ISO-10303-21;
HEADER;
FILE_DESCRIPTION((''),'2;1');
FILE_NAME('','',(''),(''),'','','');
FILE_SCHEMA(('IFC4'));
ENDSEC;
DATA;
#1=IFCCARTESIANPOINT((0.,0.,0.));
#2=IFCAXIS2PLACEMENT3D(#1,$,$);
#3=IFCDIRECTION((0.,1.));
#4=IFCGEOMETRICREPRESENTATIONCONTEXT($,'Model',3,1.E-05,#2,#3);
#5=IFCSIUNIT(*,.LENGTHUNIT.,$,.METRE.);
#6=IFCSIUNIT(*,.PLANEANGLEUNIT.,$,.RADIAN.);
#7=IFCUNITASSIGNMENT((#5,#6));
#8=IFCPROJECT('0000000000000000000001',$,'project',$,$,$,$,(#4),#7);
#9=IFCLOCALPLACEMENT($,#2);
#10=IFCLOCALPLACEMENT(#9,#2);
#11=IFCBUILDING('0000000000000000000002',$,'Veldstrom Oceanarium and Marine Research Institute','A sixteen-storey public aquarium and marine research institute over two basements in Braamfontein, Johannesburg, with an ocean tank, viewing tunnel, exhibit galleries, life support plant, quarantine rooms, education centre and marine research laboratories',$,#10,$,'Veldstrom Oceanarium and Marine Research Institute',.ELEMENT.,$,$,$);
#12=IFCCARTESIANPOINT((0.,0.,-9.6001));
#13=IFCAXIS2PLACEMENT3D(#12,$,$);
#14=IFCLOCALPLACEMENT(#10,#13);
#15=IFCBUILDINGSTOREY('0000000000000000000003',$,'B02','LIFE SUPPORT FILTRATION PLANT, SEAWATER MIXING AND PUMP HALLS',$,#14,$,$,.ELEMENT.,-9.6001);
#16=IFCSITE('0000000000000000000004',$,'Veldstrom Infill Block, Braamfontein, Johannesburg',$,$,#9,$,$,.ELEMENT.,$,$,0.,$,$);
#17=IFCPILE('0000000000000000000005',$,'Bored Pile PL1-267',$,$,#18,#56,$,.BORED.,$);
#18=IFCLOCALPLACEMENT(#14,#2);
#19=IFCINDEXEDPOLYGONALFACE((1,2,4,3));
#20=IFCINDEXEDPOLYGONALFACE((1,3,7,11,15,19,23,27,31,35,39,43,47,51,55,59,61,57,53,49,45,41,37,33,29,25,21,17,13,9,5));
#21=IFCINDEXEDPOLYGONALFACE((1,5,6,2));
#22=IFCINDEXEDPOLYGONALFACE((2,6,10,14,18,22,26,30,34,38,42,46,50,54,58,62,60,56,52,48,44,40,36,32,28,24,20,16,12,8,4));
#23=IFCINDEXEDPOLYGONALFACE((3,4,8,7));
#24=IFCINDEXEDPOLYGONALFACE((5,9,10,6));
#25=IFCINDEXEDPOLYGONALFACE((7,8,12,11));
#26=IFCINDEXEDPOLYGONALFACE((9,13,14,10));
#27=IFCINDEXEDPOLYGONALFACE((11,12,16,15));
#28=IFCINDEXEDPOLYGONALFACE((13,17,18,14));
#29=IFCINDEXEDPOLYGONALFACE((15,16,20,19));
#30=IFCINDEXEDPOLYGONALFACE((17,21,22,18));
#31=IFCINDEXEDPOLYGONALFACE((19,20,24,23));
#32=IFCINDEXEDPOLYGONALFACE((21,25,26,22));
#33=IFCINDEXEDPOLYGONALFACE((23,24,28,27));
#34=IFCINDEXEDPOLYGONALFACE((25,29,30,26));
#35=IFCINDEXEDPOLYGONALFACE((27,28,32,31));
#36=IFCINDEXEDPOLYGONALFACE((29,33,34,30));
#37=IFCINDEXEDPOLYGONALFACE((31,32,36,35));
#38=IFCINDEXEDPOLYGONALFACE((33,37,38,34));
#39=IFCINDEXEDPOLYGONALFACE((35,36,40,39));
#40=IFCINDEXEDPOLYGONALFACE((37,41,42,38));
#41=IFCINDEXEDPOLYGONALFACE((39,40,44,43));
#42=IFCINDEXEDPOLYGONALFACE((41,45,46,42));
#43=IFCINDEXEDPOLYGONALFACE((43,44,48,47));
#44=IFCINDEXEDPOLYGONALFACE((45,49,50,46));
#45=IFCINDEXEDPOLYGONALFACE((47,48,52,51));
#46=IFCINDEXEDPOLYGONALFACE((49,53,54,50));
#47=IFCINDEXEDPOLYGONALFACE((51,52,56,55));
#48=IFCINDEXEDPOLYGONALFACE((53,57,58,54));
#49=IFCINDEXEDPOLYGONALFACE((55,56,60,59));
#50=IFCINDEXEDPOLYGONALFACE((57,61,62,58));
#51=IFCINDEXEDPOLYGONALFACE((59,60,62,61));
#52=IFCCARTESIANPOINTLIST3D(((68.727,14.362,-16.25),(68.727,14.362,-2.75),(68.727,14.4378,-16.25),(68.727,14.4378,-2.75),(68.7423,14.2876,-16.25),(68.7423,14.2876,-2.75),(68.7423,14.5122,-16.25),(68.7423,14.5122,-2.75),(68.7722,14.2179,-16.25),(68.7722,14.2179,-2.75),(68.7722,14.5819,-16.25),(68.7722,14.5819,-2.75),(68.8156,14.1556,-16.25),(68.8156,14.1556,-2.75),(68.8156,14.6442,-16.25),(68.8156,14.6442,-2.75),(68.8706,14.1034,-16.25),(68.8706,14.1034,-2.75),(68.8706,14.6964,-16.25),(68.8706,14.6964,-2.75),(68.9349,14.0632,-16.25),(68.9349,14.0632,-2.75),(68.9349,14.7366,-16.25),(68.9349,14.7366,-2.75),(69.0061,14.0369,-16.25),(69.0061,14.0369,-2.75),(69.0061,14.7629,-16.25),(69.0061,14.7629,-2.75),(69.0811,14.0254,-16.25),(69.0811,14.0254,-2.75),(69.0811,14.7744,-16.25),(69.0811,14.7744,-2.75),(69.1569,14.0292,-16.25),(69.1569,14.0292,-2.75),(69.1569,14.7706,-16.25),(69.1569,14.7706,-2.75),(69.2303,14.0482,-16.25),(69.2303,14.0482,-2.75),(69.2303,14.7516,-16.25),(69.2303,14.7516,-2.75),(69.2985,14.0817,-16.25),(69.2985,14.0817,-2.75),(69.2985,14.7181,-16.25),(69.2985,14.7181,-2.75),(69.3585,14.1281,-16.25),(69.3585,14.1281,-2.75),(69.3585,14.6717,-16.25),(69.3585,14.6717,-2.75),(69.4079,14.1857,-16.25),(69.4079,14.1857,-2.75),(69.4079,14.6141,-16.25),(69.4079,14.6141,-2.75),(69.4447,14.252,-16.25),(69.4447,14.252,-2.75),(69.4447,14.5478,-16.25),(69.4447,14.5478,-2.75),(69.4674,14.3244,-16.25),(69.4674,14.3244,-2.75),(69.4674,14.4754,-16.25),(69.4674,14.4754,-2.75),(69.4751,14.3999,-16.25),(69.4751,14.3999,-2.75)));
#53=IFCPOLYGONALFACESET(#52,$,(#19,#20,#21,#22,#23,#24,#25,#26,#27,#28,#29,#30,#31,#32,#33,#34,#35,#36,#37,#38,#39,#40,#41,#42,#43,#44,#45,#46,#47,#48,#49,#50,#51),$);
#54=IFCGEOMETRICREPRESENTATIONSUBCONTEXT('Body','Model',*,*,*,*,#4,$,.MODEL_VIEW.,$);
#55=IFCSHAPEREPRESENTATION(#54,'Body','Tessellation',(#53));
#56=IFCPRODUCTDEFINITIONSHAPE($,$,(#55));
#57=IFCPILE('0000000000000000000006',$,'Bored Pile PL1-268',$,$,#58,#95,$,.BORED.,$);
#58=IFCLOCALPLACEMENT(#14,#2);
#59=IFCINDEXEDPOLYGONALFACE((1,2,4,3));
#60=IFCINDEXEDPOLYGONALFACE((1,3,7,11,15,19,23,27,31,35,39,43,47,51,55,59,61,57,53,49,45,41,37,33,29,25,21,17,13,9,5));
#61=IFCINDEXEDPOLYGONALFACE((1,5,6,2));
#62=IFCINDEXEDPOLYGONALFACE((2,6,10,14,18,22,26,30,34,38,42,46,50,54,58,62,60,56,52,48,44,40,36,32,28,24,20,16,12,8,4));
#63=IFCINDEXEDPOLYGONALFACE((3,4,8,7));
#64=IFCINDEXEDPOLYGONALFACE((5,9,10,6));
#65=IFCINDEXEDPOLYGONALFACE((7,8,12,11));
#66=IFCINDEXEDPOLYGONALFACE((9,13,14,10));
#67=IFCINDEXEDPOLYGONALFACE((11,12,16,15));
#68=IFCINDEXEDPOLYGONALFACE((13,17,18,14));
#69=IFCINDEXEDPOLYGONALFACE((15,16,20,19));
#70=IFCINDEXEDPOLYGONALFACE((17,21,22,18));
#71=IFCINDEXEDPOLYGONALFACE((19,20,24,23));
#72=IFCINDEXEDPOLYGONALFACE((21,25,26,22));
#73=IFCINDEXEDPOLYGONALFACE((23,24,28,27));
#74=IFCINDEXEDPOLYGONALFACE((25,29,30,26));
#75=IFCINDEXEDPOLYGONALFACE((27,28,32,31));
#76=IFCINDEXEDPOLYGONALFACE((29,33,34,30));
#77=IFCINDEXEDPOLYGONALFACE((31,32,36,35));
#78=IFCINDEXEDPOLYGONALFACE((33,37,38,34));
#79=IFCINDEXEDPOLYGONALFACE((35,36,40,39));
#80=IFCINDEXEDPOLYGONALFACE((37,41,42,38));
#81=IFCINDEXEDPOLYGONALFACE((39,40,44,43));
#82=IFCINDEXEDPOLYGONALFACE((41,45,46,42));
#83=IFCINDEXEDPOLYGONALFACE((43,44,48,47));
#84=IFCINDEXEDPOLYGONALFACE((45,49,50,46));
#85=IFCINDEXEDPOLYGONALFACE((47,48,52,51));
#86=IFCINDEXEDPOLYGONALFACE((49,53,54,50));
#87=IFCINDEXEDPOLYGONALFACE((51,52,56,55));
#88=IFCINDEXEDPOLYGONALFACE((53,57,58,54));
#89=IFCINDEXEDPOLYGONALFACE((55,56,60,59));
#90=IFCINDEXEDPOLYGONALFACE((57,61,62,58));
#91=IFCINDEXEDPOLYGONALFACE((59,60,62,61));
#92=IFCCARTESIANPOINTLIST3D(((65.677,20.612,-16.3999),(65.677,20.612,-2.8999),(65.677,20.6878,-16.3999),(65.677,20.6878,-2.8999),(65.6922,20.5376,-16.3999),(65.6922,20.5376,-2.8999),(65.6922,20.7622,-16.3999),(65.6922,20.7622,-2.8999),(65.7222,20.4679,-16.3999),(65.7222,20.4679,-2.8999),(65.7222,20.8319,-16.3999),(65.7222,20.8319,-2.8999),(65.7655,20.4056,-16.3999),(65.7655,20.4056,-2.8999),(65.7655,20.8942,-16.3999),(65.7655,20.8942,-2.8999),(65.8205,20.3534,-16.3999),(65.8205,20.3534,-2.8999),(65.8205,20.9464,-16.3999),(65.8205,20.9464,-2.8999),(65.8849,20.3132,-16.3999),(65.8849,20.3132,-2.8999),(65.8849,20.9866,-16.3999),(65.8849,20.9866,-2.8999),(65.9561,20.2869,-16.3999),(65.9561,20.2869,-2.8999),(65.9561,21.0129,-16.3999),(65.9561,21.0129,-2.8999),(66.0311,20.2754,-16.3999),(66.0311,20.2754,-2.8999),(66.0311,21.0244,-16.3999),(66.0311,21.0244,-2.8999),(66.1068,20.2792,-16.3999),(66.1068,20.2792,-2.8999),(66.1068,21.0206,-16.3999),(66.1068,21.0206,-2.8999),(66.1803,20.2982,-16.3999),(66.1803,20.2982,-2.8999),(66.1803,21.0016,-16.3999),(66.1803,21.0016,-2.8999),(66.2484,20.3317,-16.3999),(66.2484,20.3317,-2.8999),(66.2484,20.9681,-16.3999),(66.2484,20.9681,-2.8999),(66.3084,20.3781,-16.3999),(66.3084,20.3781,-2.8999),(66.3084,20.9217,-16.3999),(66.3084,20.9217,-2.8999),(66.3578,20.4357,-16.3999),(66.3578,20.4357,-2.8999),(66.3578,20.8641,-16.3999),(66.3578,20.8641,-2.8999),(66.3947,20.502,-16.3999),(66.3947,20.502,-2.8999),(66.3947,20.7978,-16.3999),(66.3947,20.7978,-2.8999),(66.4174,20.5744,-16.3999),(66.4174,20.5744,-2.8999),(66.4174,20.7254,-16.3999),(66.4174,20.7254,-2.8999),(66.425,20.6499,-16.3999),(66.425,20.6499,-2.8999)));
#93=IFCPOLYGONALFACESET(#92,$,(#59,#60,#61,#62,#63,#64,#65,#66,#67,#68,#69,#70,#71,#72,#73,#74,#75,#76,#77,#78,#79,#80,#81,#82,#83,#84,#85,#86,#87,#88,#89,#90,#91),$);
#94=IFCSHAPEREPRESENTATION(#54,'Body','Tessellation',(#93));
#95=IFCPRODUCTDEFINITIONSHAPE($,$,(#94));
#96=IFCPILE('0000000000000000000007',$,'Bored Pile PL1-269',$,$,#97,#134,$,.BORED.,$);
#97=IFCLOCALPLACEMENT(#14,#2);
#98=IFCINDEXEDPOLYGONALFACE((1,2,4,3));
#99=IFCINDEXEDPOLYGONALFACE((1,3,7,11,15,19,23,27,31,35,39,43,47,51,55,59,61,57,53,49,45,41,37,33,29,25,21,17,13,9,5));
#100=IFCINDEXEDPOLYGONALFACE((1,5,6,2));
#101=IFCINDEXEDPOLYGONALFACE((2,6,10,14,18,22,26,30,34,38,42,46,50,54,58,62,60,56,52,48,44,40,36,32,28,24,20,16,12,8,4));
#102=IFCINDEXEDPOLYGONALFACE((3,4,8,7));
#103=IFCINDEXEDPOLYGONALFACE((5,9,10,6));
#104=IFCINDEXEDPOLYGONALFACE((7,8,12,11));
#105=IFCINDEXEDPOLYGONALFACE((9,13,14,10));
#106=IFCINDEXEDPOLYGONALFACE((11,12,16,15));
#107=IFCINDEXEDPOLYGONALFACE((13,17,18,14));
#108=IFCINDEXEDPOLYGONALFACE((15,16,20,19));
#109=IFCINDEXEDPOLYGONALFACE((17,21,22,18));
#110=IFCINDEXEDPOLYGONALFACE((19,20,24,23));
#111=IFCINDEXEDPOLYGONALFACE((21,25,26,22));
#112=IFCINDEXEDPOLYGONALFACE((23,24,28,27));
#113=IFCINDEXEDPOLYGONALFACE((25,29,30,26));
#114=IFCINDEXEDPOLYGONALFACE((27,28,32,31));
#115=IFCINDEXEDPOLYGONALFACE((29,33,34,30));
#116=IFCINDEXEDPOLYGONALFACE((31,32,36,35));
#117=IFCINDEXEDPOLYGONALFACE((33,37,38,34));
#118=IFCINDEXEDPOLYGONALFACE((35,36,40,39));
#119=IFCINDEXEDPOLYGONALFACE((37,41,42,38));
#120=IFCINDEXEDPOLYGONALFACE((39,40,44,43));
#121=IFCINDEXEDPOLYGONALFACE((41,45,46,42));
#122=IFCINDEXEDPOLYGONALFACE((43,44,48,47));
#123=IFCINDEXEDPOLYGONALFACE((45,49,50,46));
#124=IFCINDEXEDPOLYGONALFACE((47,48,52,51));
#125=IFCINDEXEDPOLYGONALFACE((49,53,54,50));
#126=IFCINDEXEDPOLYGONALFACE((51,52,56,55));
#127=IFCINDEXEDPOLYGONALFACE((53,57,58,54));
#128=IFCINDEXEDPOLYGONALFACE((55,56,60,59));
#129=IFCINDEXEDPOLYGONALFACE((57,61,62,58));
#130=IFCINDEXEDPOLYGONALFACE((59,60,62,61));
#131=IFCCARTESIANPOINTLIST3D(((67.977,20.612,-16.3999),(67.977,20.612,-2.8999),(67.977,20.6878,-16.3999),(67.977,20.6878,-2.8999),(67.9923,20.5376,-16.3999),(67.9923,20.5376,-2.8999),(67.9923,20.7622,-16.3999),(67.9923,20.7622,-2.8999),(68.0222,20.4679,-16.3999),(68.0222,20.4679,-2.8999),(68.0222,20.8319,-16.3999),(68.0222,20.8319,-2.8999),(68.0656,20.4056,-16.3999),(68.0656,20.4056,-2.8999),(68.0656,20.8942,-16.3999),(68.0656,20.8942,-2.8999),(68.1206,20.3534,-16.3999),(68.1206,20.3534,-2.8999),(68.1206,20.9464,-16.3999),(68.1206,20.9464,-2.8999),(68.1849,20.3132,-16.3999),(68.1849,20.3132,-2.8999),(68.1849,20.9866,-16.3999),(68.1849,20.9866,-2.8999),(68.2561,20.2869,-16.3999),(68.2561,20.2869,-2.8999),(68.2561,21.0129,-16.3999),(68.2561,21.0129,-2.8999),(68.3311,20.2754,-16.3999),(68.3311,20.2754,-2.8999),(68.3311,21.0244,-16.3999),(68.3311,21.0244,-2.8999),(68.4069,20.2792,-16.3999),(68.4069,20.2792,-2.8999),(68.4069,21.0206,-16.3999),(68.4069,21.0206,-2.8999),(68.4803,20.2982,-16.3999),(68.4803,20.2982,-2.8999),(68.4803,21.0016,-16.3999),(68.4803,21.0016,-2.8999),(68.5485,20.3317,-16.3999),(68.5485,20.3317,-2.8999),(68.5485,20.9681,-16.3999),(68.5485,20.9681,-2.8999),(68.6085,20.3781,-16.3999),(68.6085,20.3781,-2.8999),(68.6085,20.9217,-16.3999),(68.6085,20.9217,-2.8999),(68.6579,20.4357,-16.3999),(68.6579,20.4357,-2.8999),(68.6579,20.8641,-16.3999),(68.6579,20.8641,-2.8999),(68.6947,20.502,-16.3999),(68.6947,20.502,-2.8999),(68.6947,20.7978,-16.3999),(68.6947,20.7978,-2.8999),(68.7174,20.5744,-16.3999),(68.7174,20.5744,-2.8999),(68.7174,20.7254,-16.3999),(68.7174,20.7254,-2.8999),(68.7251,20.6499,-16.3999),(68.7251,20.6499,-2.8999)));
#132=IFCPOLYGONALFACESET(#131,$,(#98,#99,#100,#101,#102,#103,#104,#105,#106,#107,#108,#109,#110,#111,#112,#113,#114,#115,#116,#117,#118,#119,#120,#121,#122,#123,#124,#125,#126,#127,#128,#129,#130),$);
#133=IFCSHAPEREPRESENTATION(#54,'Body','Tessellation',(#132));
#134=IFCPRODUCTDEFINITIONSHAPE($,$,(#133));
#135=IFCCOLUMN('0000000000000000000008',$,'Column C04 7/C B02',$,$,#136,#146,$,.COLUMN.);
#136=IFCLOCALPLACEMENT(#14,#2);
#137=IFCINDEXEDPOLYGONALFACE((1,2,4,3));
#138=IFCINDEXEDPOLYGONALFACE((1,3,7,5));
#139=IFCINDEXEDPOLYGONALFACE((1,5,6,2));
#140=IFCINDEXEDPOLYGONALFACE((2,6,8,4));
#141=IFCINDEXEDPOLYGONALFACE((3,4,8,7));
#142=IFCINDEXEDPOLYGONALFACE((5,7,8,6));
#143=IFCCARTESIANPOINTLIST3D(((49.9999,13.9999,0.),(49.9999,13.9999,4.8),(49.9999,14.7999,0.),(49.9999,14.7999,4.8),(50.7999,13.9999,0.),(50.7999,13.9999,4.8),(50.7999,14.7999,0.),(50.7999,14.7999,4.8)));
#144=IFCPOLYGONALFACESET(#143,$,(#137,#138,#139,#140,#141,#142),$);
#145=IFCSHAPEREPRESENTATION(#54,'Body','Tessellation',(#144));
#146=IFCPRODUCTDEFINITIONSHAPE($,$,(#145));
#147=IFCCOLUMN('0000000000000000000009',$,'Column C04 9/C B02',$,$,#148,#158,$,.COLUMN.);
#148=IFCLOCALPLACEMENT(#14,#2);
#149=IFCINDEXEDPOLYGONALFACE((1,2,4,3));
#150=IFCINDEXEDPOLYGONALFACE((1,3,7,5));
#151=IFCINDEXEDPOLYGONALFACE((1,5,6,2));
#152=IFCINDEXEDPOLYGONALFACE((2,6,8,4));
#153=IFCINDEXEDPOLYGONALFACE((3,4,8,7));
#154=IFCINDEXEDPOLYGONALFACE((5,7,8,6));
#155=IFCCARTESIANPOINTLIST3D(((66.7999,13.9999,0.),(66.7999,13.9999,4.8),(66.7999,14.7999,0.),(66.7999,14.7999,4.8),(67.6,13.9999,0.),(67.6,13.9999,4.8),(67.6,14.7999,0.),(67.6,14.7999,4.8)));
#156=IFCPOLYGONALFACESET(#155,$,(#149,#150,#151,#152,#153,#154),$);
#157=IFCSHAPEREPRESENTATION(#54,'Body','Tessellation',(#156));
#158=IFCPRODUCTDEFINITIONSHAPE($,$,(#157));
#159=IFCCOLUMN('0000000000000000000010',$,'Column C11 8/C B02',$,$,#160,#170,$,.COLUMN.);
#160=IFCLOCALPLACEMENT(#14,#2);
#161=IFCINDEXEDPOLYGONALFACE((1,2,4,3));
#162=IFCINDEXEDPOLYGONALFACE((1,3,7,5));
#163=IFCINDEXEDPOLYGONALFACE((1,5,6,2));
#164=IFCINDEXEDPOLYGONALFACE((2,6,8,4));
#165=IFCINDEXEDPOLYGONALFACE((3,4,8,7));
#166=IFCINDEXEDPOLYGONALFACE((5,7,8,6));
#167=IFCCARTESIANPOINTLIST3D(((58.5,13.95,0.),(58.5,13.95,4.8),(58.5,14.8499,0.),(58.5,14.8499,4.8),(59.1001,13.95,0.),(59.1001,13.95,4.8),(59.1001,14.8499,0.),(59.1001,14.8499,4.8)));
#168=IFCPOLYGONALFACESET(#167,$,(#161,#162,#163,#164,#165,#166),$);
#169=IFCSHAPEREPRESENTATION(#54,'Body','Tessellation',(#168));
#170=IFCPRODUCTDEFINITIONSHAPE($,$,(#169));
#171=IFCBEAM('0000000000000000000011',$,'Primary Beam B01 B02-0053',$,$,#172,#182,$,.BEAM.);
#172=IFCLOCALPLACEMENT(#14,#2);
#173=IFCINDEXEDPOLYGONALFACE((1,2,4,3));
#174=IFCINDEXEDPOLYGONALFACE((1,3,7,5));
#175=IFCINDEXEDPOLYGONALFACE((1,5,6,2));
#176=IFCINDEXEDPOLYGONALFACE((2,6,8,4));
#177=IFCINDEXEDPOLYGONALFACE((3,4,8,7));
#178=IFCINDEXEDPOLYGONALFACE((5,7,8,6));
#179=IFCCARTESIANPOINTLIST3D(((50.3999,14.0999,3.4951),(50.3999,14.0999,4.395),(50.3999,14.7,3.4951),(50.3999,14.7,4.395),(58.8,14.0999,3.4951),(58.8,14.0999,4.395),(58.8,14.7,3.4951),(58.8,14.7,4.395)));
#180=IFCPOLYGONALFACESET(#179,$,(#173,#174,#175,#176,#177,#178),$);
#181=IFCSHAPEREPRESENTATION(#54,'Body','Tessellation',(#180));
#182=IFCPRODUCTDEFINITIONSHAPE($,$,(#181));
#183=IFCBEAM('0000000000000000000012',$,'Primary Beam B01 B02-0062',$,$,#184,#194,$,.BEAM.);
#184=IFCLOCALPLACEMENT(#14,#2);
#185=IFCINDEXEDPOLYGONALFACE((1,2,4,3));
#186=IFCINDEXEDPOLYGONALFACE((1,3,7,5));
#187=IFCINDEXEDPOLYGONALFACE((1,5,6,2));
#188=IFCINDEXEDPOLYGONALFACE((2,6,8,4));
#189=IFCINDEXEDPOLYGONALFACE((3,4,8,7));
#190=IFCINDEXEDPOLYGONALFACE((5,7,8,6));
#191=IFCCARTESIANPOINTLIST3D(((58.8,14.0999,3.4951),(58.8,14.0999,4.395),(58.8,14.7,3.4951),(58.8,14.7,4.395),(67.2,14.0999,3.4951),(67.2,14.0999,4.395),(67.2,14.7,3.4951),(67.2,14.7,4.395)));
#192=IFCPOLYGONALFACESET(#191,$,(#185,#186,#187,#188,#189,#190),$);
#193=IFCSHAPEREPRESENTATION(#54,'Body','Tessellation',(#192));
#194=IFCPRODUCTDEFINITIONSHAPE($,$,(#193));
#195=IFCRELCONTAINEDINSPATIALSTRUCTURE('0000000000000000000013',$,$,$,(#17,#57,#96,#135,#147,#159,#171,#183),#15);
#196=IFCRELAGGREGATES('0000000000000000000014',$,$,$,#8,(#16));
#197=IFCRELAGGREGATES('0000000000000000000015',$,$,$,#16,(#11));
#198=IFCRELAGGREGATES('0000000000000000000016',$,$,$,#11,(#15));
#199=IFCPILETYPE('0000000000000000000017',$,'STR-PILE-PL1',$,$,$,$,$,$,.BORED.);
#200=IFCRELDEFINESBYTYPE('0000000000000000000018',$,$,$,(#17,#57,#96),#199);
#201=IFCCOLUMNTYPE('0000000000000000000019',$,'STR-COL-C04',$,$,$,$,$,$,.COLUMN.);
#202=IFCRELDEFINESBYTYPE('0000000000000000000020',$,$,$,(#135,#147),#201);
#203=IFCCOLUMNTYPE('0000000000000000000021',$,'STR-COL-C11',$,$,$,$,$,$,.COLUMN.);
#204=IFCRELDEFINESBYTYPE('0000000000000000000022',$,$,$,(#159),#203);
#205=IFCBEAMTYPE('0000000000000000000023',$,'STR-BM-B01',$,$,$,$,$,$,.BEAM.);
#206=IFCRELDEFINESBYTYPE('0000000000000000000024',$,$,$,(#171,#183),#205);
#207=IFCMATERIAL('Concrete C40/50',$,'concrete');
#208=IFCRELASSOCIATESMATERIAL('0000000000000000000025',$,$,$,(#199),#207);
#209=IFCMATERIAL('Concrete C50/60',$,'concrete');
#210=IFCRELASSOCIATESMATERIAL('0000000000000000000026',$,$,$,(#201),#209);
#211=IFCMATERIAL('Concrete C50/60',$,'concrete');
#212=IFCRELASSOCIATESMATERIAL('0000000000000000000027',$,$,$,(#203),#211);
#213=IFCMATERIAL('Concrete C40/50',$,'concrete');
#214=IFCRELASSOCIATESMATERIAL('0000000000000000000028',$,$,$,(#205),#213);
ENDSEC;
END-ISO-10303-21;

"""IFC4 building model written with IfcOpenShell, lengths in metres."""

from ifc_helpers import new_model, si_unit, direction, frame, origin, origin_2d, place, context, subcontext, project, spatial, rectangle, circle, extrude, material, material_profile, profile_set, type_object, element, save


model = new_model("IFC4")

# Units and contexts
model_context = context("Model", 3, precision=1e-05, world=origin(), true_north=direction((0.0, 1.0)))
body_context = subcontext(model_context, "Body", "Model", "MODEL_VIEW")
ifc_project = project(units=[si_unit("LENGTHUNIT", "METRE"), si_unit("PLANEANGLEUNIT", "RADIAN")], contexts=[model_context])

# Site, building, storey
site_placement = place(None, origin())
site = spatial("IfcSite", under=ifc_project, at=site_placement, Name="Veldstrom Infill Block, Braamfontein, Johannesburg", CompositionType="ELEMENT", RefElevation=0.0)
building_placement = place(site_placement, origin())
building = spatial("IfcBuilding", under=site, at=building_placement, Name="Veldstrom Oceanarium and Marine Research Institute", Description="A sixteen-storey public aquarium and marine research institute over two basements in Braamfontein, Johannesburg, with an ocean tank, viewing tunnel, exhibit galleries, life support plant, quarantine rooms, education centre and marine research laboratories", LongName="Veldstrom Oceanarium and Marine Research Institute", CompositionType="ELEMENT")
storey_placement = place(building_placement, frame((0.0, 0.0, -9.6001)))
storey = spatial("IfcBuildingStorey", under=building, at=storey_placement, Name="B02", Description="LIFE SUPPORT FILTRATION PLANT, SEAWATER MIXING AND PUMP HALLS", CompositionType="ELEMENT", Elevation=-9.6001)

# Piles
ifc_material_1 = material(Name="Concrete C40/50", Category="concrete")
ifc_material_profile_1 = material_profile(ifc_material_1, circle(Radius=0.375, at=origin_2d()), Name="PILE-D750")
ifc_profile_set_1 = profile_set([ifc_material_profile_1], Name="Concrete C40/50")
pile_type = type_object("IfcPileType", Name="STR-PILE-PL1", PredefinedType="BORED", material=ifc_profile_set_1)
for number, where, z_axis, x_axis, name in (
    (1, (69.1001, 14.3999, -2.75), (0.0, 0.0, -1.0), (1.0, 0.0, 0.0), "Bored Pile PL1-267"),
    (2, (66.05, 20.6499, -2.8999), (0.0, 0.0, -1.0), (1.0, 0.0, 0.0), "Bored Pile PL1-268"),
    (3, (68.3501, 20.6499, -2.8999), (0.0, 0.0, -1.0), (1.0, 0.0, 0.0), "Bored Pile PL1-269"),
):
    element("IfcPile", number, at=place(storey_placement, frame(where, z_axis=z_axis, x_axis=x_axis)), inside=storey, type_object=pile_type, Name=name, PredefinedType="BORED", context=body_context, shape_type="SweptSolid", body=[
        extrude(circle(Radius=0.375, at=origin_2d()), origin(), (0.0, 0.0, 1.0), 13.5),
    ])

# Columns
ifc_material_2 = material(Name="Concrete C50/60", Category="concrete")
ifc_material_profile_2 = material_profile(ifc_material_2, rectangle(XDim=0.8, YDim=0.8, at=origin_2d()), Name="RC-COL-800x800")
ifc_profile_set_2 = profile_set([ifc_material_profile_2], Name="Concrete C50/60")
column_type_1 = type_object("IfcColumnType", Name="STR-COL-C04", PredefinedType="COLUMN", material=ifc_profile_set_2)
for number, where, z_axis, x_axis, name in (
    (4, (50.3999, 14.3999, 0.0), (0.0, 0.0, 1.0), (1.0, 0.0, 0.0), "Column C04 7/C B02"),
    (5, (67.2, 14.3999, 0.0), (0.0, 0.0, 1.0), (1.0, 0.0, 0.0), "Column C04 9/C B02"),
):
    element("IfcColumn", number, at=place(storey_placement, frame(where, z_axis=z_axis, x_axis=x_axis)), inside=storey, type_object=column_type_1, Name=name, PredefinedType="COLUMN", context=body_context, shape_type="SweptSolid", body=[
        extrude(rectangle(XDim=0.8, YDim=0.8, at=origin_2d()), origin(), (0.0, 0.0, 1.0), 4.8),
    ])
ifc_material_3 = material(Name="Concrete C50/60", Category="concrete")
ifc_material_profile_3 = material_profile(ifc_material_3, rectangle(XDim=0.6001, YDim=0.8999, at=origin_2d()), Name="RC-COL-900x600")
ifc_profile_set_3 = profile_set([ifc_material_profile_3], Name="Concrete C50/60")
column_type_2 = type_object("IfcColumnType", Name="STR-COL-C11", PredefinedType="COLUMN", material=ifc_profile_set_3)
column_placement = place(storey_placement, frame((58.8, 14.3999, 0.0), z_axis=(0.0, 0.0, 1.0), x_axis=(1.0, 0.0, 0.0)))
element("IfcColumn", 6, at=column_placement, inside=storey, type_object=column_type_2, Name="Column C11 8/C B02", PredefinedType="COLUMN", context=body_context, shape_type="SweptSolid", body=[
    extrude(rectangle(XDim=0.6001, YDim=0.8999, at=origin_2d()), origin(), (0.0, 0.0, 1.0), 4.8),
])

# Beams
ifc_material_4 = material(Name="Concrete C40/50", Category="concrete")
ifc_material_profile_4 = material_profile(ifc_material_4, rectangle(XDim=0.6001, YDim=0.8999, at=origin_2d()), Name="RC-BM-600x900")
ifc_profile_set_4 = profile_set([ifc_material_profile_4], Name="Concrete C40/50")
beam_type_1 = type_object("IfcBeamType", Name="STR-BM-B01", PredefinedType="BEAM", material=ifc_profile_set_4)
beam_1_placement = place(storey_placement, frame((50.3999, 14.3999, 3.9451), z_axis=(1.0, 0.0, 0.0), x_axis=(0.0, 1.0, 0.0)))
element("IfcBeam", 7, at=beam_1_placement, inside=storey, type_object=beam_type_1, Name="Primary Beam B01 B02-0053", PredefinedType="BEAM", context=body_context, shape_type="SweptSolid", body=[
    extrude(rectangle(XDim=0.6001, YDim=0.8999, at=origin_2d()), origin(), (0.0, 0.0, 1.0), 8.4001),
])
beam_2_placement = place(storey_placement, frame((58.8, 14.3999, 3.9451), z_axis=(1.0, 0.0, 0.0), x_axis=(0.0, 1.0, 0.0)))
element("IfcBeam", 8, at=beam_2_placement, inside=storey, type_object=beam_type_1, Name="Primary Beam B01 B02-0062", PredefinedType="BEAM", context=body_context, shape_type="SweptSolid", body=[
    extrude(rectangle(XDim=0.6001, YDim=0.8999, at=origin_2d()), origin(), (0.0, 0.0, 1.0), 8.3999),
])

save(model, "model.ifc")
